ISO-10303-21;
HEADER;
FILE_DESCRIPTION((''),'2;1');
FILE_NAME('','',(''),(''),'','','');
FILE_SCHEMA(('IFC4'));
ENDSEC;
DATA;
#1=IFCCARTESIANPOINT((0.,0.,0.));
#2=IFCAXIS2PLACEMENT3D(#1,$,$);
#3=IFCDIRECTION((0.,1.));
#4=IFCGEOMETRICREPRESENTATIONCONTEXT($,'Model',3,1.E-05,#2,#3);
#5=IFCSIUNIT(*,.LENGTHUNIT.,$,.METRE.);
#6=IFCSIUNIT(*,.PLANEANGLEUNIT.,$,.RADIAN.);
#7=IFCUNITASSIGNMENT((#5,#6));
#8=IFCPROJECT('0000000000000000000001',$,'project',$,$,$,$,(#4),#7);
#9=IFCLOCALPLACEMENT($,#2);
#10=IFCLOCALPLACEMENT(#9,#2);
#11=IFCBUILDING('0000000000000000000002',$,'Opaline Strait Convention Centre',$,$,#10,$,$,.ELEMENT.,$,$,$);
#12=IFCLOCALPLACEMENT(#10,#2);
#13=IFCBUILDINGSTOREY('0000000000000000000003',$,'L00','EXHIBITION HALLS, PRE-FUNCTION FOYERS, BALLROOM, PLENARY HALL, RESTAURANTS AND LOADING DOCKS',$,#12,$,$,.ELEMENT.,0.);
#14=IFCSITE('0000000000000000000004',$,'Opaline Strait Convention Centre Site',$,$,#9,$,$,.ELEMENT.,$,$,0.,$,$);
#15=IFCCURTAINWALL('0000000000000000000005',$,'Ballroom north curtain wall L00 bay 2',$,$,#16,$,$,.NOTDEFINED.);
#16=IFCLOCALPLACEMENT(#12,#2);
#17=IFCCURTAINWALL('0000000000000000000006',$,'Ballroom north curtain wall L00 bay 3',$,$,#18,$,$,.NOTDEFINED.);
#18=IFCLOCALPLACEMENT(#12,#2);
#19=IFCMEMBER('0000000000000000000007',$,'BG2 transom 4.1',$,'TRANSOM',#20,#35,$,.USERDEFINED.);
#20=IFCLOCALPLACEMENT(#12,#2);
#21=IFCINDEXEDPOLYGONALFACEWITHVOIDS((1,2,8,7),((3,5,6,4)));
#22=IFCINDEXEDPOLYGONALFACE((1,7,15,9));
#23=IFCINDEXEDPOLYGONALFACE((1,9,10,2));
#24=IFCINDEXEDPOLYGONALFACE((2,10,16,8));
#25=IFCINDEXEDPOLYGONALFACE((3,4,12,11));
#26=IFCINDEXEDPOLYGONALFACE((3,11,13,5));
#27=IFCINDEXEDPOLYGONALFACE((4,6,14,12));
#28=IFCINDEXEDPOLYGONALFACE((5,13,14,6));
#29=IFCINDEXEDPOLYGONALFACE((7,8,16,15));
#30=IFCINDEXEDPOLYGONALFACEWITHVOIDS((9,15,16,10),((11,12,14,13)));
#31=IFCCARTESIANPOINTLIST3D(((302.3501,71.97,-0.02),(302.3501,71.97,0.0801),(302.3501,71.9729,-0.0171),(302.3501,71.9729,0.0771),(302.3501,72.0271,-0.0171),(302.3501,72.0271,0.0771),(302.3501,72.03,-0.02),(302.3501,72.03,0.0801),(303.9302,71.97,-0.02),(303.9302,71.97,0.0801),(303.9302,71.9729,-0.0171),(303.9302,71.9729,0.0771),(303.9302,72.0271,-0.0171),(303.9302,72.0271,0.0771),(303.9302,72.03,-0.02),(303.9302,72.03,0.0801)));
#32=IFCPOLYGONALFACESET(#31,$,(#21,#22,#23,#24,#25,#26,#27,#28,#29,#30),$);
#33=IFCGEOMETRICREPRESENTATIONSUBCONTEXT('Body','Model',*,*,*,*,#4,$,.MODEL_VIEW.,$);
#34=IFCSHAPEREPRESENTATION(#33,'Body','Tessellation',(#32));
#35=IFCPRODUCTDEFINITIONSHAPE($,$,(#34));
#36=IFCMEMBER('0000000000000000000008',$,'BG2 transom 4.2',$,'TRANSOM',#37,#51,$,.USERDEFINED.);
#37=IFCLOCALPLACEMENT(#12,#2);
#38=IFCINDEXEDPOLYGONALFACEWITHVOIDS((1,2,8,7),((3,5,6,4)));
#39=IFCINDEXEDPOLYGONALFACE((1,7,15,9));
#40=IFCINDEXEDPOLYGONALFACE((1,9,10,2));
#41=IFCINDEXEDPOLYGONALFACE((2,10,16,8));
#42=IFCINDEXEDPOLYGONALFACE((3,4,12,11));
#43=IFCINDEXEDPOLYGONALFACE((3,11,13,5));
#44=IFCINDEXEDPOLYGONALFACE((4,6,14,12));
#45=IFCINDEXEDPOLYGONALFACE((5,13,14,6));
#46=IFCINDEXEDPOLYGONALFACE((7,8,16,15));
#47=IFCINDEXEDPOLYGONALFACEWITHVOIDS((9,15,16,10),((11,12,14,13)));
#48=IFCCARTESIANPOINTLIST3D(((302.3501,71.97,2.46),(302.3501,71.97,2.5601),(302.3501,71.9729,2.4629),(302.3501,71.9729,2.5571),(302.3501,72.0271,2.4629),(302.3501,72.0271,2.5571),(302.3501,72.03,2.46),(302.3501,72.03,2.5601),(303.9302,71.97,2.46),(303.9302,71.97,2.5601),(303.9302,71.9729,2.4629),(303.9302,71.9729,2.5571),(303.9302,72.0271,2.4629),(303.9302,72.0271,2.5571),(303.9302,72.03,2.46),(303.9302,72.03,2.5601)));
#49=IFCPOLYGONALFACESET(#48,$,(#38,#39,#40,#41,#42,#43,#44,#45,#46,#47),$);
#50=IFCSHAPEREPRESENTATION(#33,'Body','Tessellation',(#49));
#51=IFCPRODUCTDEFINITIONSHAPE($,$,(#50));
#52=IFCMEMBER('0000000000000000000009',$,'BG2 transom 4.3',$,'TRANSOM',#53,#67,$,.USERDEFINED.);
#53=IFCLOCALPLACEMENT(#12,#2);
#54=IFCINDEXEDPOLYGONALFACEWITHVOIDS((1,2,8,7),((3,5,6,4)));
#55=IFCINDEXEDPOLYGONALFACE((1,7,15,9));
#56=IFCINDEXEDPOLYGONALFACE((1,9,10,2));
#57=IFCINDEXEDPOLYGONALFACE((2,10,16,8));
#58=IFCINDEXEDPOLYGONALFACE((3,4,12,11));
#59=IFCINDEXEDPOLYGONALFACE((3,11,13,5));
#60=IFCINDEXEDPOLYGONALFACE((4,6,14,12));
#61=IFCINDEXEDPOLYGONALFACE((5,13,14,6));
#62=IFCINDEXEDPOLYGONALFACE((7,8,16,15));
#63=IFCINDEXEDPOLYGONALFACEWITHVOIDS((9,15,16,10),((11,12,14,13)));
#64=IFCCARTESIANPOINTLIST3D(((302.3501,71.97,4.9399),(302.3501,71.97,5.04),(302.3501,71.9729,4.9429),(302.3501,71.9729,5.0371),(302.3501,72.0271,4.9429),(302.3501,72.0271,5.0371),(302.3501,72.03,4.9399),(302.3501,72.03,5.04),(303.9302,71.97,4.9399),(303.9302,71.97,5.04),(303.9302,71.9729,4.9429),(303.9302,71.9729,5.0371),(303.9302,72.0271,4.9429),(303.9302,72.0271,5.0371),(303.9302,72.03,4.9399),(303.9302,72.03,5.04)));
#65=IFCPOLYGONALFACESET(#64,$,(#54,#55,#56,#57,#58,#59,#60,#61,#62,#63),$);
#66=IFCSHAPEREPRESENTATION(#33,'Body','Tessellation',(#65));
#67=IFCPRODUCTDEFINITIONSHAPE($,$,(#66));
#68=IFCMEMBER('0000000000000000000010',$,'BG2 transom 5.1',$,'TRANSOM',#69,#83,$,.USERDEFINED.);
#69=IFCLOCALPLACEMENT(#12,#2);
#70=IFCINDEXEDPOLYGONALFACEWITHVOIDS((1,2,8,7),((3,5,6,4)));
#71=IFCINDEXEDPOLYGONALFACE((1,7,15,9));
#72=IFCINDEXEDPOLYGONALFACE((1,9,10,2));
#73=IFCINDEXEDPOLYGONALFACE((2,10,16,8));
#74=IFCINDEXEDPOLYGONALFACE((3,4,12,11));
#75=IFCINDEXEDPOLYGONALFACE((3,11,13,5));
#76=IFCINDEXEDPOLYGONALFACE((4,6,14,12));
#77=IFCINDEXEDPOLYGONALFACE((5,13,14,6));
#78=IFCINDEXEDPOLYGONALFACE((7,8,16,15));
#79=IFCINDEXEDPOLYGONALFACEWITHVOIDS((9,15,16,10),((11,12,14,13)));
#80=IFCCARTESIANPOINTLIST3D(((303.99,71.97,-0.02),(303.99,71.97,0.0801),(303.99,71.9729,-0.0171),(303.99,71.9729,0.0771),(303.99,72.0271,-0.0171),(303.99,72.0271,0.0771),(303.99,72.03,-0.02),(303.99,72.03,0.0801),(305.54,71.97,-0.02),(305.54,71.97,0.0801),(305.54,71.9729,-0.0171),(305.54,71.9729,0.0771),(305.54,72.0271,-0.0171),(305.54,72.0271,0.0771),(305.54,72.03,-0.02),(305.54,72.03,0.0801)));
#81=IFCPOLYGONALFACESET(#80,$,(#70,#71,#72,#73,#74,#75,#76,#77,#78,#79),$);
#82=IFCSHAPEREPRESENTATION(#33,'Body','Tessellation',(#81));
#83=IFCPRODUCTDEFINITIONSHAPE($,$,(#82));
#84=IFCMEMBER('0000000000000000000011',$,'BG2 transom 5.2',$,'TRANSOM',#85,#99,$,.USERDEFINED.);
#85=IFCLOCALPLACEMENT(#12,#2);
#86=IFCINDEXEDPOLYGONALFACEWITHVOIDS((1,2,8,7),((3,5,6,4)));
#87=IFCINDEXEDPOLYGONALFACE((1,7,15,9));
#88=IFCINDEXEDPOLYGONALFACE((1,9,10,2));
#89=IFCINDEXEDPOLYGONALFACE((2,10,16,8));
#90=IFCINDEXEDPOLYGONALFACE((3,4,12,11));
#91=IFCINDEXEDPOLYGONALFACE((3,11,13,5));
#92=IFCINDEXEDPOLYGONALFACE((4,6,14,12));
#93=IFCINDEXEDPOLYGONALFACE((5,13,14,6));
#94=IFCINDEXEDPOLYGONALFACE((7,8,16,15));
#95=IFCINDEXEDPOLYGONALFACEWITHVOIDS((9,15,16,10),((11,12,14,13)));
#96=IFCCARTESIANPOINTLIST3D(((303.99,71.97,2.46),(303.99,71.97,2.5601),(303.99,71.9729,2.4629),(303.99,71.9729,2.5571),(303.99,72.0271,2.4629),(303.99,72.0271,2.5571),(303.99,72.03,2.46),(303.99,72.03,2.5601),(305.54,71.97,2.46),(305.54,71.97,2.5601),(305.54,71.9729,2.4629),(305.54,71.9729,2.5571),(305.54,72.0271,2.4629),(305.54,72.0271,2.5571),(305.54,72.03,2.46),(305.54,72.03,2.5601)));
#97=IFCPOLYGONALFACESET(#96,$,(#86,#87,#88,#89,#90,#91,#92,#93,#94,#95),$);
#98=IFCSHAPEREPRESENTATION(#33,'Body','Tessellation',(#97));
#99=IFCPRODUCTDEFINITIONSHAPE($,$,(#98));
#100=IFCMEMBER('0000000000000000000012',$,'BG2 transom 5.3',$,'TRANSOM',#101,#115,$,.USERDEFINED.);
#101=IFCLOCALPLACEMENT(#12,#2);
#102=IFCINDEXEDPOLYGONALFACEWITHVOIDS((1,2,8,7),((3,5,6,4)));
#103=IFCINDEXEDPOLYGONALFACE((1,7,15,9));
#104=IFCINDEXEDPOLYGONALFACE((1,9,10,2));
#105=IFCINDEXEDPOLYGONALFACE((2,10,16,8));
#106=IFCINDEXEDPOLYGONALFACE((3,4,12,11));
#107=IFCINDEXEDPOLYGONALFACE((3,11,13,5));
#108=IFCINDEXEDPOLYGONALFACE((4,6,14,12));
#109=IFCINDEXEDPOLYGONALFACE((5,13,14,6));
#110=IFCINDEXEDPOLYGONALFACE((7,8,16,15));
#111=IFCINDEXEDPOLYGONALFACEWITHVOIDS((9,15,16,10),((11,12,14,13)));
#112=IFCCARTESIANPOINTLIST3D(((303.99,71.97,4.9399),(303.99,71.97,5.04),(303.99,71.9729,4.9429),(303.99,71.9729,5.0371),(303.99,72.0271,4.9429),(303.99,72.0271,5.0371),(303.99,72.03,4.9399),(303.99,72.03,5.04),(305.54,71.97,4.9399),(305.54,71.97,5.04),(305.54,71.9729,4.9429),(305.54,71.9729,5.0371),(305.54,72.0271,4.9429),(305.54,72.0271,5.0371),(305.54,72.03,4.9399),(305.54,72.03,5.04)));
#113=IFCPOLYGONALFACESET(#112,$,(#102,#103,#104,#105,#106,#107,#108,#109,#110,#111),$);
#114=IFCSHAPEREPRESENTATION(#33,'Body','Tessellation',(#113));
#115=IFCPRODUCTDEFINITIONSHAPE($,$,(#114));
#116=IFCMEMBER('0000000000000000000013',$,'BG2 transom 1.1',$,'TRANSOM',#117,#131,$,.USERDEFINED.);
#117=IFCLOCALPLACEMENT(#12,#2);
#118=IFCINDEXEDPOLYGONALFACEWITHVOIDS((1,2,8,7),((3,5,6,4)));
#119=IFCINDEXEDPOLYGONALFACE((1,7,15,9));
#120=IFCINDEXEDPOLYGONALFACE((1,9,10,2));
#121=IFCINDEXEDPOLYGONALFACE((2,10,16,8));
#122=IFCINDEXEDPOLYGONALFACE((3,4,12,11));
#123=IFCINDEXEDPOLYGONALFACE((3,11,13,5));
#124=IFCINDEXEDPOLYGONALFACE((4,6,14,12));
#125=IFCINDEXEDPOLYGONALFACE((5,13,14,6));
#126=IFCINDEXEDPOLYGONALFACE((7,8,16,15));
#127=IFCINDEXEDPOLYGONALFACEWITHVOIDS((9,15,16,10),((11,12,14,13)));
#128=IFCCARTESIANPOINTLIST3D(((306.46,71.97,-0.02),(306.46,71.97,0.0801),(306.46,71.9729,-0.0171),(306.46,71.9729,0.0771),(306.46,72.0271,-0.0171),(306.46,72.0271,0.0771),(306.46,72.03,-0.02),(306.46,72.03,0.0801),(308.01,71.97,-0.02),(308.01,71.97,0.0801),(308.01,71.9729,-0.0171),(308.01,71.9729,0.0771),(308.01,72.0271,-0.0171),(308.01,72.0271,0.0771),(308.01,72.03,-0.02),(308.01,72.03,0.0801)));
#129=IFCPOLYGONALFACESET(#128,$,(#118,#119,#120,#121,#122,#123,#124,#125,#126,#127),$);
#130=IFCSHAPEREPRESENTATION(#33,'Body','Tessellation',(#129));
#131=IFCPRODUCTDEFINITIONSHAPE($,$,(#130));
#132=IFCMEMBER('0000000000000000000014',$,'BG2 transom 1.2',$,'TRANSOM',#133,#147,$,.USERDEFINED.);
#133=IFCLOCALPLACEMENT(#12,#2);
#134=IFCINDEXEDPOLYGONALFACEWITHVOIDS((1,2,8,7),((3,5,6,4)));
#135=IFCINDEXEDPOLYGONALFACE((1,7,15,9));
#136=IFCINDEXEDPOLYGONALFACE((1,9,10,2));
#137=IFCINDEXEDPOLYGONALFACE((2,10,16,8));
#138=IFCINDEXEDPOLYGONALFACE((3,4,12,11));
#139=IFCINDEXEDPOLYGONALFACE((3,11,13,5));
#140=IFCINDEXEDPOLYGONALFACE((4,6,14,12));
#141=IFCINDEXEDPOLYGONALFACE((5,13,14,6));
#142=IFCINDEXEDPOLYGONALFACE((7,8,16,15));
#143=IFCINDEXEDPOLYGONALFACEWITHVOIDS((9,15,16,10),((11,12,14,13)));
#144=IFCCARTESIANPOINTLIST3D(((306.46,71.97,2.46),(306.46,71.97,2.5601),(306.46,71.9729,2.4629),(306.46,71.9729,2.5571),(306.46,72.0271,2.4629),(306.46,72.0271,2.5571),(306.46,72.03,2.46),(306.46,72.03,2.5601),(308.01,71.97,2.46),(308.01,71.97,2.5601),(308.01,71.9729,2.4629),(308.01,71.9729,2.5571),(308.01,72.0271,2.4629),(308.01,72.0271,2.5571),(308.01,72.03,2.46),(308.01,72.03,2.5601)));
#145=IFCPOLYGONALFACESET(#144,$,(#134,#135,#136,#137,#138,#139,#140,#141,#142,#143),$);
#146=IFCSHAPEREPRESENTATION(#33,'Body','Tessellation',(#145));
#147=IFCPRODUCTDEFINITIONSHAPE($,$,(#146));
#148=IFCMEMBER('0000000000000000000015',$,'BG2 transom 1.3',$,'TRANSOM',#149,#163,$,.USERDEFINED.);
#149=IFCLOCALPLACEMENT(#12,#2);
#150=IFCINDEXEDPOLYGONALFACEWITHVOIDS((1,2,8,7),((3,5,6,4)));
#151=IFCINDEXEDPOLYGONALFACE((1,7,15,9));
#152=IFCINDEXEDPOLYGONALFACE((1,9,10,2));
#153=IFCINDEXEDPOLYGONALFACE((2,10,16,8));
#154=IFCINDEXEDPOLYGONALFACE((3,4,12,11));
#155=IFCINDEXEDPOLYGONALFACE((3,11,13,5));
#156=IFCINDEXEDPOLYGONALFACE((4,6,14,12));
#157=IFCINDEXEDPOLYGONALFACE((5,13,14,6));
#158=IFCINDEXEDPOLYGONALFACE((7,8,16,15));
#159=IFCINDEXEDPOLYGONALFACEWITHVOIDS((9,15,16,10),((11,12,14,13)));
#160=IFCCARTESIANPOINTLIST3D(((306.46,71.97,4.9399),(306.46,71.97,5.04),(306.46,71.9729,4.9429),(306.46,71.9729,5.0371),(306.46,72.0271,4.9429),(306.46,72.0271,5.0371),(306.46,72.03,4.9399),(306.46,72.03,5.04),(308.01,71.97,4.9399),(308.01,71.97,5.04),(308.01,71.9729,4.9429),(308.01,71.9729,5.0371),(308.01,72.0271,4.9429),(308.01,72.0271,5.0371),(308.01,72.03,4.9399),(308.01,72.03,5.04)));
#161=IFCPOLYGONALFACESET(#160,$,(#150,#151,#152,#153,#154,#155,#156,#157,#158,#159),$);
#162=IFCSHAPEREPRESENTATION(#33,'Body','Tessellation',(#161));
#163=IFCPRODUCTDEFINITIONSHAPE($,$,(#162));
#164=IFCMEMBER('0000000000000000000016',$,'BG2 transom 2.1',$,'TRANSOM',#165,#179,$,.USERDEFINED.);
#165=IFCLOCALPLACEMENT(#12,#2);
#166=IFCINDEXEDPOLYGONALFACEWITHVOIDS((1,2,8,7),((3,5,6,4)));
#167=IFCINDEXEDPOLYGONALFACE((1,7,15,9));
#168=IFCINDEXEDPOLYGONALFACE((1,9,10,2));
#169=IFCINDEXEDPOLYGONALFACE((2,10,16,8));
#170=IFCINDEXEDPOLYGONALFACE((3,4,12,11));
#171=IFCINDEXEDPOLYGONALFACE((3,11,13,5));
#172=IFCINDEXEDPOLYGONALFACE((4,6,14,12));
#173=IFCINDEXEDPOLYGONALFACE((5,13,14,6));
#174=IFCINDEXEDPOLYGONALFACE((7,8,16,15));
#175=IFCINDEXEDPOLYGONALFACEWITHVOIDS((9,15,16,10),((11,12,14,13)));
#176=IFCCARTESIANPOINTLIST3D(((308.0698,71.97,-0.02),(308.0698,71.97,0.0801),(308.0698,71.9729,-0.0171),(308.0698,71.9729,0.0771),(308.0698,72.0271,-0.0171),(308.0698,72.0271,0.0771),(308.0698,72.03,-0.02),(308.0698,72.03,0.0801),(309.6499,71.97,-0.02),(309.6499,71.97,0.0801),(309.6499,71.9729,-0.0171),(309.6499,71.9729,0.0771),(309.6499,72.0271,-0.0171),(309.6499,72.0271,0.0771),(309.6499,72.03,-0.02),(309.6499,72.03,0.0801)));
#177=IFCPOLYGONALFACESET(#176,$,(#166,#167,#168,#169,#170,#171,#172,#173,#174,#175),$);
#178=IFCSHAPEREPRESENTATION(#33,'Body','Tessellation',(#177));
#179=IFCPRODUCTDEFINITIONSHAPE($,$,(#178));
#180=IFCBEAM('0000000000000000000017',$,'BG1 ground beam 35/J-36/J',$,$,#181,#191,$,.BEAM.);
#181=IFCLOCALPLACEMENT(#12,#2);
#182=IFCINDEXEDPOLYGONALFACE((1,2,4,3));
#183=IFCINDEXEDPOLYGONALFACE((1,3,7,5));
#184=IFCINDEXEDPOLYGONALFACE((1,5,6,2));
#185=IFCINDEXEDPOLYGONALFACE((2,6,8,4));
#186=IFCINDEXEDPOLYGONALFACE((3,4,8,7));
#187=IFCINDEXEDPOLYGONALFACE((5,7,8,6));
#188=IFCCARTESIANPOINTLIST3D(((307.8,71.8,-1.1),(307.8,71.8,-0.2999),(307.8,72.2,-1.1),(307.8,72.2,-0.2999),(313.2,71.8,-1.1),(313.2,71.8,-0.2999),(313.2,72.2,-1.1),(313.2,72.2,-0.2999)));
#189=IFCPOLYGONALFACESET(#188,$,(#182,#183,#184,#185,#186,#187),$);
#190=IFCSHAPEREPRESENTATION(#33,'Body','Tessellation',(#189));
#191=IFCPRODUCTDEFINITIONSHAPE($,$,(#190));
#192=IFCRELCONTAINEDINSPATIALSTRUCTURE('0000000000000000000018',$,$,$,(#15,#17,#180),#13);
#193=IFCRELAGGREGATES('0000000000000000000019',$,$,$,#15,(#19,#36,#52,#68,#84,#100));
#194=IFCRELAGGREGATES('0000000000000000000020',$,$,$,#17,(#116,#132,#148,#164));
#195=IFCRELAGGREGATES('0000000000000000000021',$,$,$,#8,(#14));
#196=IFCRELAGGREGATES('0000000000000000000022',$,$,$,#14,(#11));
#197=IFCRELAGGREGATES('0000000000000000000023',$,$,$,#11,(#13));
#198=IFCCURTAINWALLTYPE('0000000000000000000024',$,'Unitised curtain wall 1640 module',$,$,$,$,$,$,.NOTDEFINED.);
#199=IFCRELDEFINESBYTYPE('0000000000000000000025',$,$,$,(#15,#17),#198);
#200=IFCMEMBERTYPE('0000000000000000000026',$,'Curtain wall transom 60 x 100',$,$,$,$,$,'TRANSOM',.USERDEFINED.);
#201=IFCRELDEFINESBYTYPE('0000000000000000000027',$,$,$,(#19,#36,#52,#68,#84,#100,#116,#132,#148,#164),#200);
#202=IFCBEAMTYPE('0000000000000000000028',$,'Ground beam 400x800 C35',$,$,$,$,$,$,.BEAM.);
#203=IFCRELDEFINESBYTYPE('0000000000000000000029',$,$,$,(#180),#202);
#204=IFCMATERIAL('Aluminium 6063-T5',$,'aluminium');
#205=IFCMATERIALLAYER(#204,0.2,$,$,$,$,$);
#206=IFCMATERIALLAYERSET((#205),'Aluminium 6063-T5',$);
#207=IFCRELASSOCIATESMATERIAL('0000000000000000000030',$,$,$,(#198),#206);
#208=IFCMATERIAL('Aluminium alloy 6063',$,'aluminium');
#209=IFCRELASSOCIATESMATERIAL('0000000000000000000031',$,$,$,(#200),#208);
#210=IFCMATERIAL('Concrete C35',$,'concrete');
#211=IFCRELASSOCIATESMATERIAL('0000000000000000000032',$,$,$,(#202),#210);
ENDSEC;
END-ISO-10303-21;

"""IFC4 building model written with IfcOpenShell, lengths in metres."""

from ifc_helpers import new_model, si_unit, direction, frame, origin, origin_2d, place, context, subcontext, project, spatial, rectangle, hollow_rectangle, extrude, material, layer, layer_set, material_profile, profile_set, type_object, element, aggregate, save


model = new_model("IFC4")

# Units and contexts
model_context = context("Model", 3, precision=1e-05, world=origin(), true_north=direction((0.0, 1.0)))
body_context = subcontext(model_context, "Body", "Model", "MODEL_VIEW")
ifc_project = project(units=[si_unit("LENGTHUNIT", "METRE"), si_unit("PLANEANGLEUNIT", "RADIAN")], contexts=[model_context])

# Site, building, storey
site_placement = place(None, origin())
site = spatial("IfcSite", under=ifc_project, at=site_placement, Name="Opaline Strait Convention Centre Site", CompositionType="ELEMENT", RefElevation=0.0)
building_placement = place(site_placement, origin())
building = spatial("IfcBuilding", under=site, at=building_placement, Name="Opaline Strait Convention Centre", CompositionType="ELEMENT")
storey_placement = place(building_placement, origin())
storey = spatial("IfcBuildingStorey", under=building, at=storey_placement, Name="L00", Description="EXHIBITION HALLS, PRE-FUNCTION FOYERS, BALLROOM, PLENARY HALL, RESTAURANTS AND LOADING DOCKS", CompositionType="ELEMENT", Elevation=0.0)

# Shared definitions
ifc_material_1 = material(Name="Concrete C35", Category="concrete")

# Curtain walls
ifc_material_2 = material(Name="Aluminium 6063-T5", Category="aluminium")
ifc_layer_1 = layer(ifc_material_2, 0.2)
ifc_layer_set_1 = layer_set([ifc_layer_1], Name="Aluminium 6063-T5")
curtain_wall_type = type_object("IfcCurtainWallType", Name="Unitised curtain wall 1640 module", PredefinedType="NOTDEFINED", material=ifc_layer_set_1)
curtain_wall_1_placement = place(storey_placement, origin())
curtain_wall_1 = element("IfcCurtainWall", 1, at=curtain_wall_1_placement, inside=storey, type_object=curtain_wall_type, Name="Ballroom north curtain wall L00 bay 2", PredefinedType="NOTDEFINED")
ifc_material_3 = material(Name="Aluminium alloy 6063", Category="aluminium")
curtain_wall_2_placement = place(storey_placement, origin())
curtain_wall_2 = element("IfcCurtainWall", 2, at=curtain_wall_2_placement, inside=storey, type_object=curtain_wall_type, Name="Ballroom north curtain wall L00 bay 3", PredefinedType="NOTDEFINED")

# Members
ifc_material_profile_1 = material_profile(ifc_material_3, hollow_rectangle(XDim=0.0601, YDim=0.1001, WallThickness=0.0029, at=origin_2d()), Name="TRANSOM 60x100x3")
ifc_profile_set_1 = profile_set([ifc_material_profile_1], Name="Aluminium alloy 6063")
member_type_1 = type_object("IfcMemberType", Name="Curtain wall transom 60 x 100", ElementType="TRANSOM", PredefinedType="USERDEFINED", material=ifc_profile_set_1)
member_1_placement = place(storey_placement, frame((302.3501, 72.0, 0.03), z_axis=(1.0, 0.0, 0.0), x_axis=(0.0, 1.0, 0.0)))
member_1 = element("IfcMember", 3, at=member_1_placement, type_object=member_type_1, Name="BG2 transom 4.1", ObjectType="TRANSOM", PredefinedType="USERDEFINED", context=body_context, shape_type="SweptSolid", body=[
    extrude(hollow_rectangle(XDim=0.0601, YDim=0.1001, WallThickness=0.0029, at=origin_2d()), origin(), (0.0, 0.0, 1.0), 1.5801),
])
member_2_placement = place(storey_placement, frame((302.3501, 72.0, 2.51), z_axis=(1.0, 0.0, 0.0), x_axis=(0.0, 1.0, 0.0)))
member_2 = element("IfcMember", 4, at=member_2_placement, type_object=member_type_1, Name="BG2 transom 4.2", ObjectType="TRANSOM", PredefinedType="USERDEFINED", context=body_context, shape_type="SweptSolid", body=[
    extrude(hollow_rectangle(XDim=0.0601, YDim=0.1001, WallThickness=0.0029, at=origin_2d()), origin(), (0.0, 0.0, 1.0), 1.5801),
])
member_3_placement = place(storey_placement, frame((302.3501, 72.0, 4.99), z_axis=(1.0, 0.0, 0.0), x_axis=(0.0, 1.0, 0.0)))
member_3 = element("IfcMember", 5, at=member_3_placement, type_object=member_type_1, Name="BG2 transom 4.3", ObjectType="TRANSOM", PredefinedType="USERDEFINED", context=body_context, shape_type="SweptSolid", body=[
    extrude(hollow_rectangle(XDim=0.0601, YDim=0.1001, WallThickness=0.0029, at=origin_2d()), origin(), (0.0, 0.0, 1.0), 1.5801),
])
member_4_placement = place(storey_placement, frame((303.99, 72.0, 0.03), z_axis=(1.0, 0.0, 0.0), x_axis=(0.0, 1.0, 0.0)))
member_4 = element("IfcMember", 6, at=member_4_placement, type_object=member_type_1, Name="BG2 transom 5.1", ObjectType="TRANSOM", PredefinedType="USERDEFINED", context=body_context, shape_type="SweptSolid", body=[
    extrude(hollow_rectangle(XDim=0.0601, YDim=0.1001, WallThickness=0.0029, at=origin_2d()), origin(), (0.0, 0.0, 1.0), 1.55),
])
member_5_placement = place(storey_placement, frame((303.99, 72.0, 2.51), z_axis=(1.0, 0.0, 0.0), x_axis=(0.0, 1.0, 0.0)))
member_5 = element("IfcMember", 7, at=member_5_placement, type_object=member_type_1, Name="BG2 transom 5.2", ObjectType="TRANSOM", PredefinedType="USERDEFINED", context=body_context, shape_type="SweptSolid", body=[
    extrude(hollow_rectangle(XDim=0.0601, YDim=0.1001, WallThickness=0.0029, at=origin_2d()), origin(), (0.0, 0.0, 1.0), 1.55),
])
member_6_placement = place(storey_placement, frame((303.99, 72.0, 4.99), z_axis=(1.0, 0.0, 0.0), x_axis=(0.0, 1.0, 0.0)))
member_6 = element("IfcMember", 8, at=member_6_placement, type_object=member_type_1, Name="BG2 transom 5.3", ObjectType="TRANSOM", PredefinedType="USERDEFINED", context=body_context, shape_type="SweptSolid", body=[
    extrude(hollow_rectangle(XDim=0.0601, YDim=0.1001, WallThickness=0.0029, at=origin_2d()), origin(), (0.0, 0.0, 1.0), 1.55),
])
member_7_placement = place(storey_placement, frame((306.46, 72.0, 0.03), z_axis=(1.0, 0.0, 0.0), x_axis=(0.0, 1.0, 0.0)))
member_7 = element("IfcMember", 9, at=member_7_placement, type_object=member_type_1, Name="BG2 transom 1.1", ObjectType="TRANSOM", PredefinedType="USERDEFINED", context=body_context, shape_type="SweptSolid", body=[
    extrude(hollow_rectangle(XDim=0.0601, YDim=0.1001, WallThickness=0.0029, at=origin_2d()), origin(), (0.0, 0.0, 1.0), 1.55),
])
member_8_placement = place(storey_placement, frame((306.46, 72.0, 2.51), z_axis=(1.0, 0.0, 0.0), x_axis=(0.0, 1.0, 0.0)))
member_8 = element("IfcMember", 10, at=member_8_placement, type_object=member_type_1, Name="BG2 transom 1.2", ObjectType="TRANSOM", PredefinedType="USERDEFINED", context=body_context, shape_type="SweptSolid", body=[
    extrude(hollow_rectangle(XDim=0.0601, YDim=0.1001, WallThickness=0.0029, at=origin_2d()), origin(), (0.0, 0.0, 1.0), 1.55),
])
member_9_placement = place(storey_placement, frame((306.46, 72.0, 4.99), z_axis=(1.0, 0.0, 0.0), x_axis=(0.0, 1.0, 0.0)))
member_9 = element("IfcMember", 11, at=member_9_placement, type_object=member_type_1, Name="BG2 transom 1.3", ObjectType="TRANSOM", PredefinedType="USERDEFINED", context=body_context, shape_type="SweptSolid", body=[
    extrude(hollow_rectangle(XDim=0.0601, YDim=0.1001, WallThickness=0.0029, at=origin_2d()), origin(), (0.0, 0.0, 1.0), 1.55),
])
member_10_placement = place(storey_placement, frame((308.0698, 72.0, 0.03), z_axis=(1.0, 0.0, 0.0), x_axis=(0.0, 1.0, 0.0)))
member_10 = element("IfcMember", 12, at=member_10_placement, type_object=member_type_1, Name="BG2 transom 2.1", ObjectType="TRANSOM", PredefinedType="USERDEFINED", context=body_context, shape_type="SweptSolid", body=[
    extrude(hollow_rectangle(XDim=0.0601, YDim=0.1001, WallThickness=0.0029, at=origin_2d()), origin(), (0.0, 0.0, 1.0), 1.5801),
])

# Beam
ifc_material_profile_2 = material_profile(ifc_material_1, rectangle(XDim=0.3999, YDim=0.8, at=origin_2d()), Name="RC 400x800")
ifc_profile_set_2 = profile_set([ifc_material_profile_2], Name="Concrete C35")
beam_type = type_object("IfcBeamType", Name="Ground beam 400x800 C35", PredefinedType="BEAM", material=ifc_profile_set_2)
beam_placement = place(storey_placement, frame((307.8, 72.0, -0.7), z_axis=(1.0, 0.0, 0.0), x_axis=(0.0, 1.0, 0.0)))
element("IfcBeam", 13, at=beam_placement, inside=storey, type_object=beam_type, Name="BG1 ground beam 35/J-36/J", PredefinedType="BEAM", context=body_context, shape_type="SweptSolid", body=[
    extrude(rectangle(XDim=0.3999, YDim=0.8, at=origin_2d()), origin(), (0.0, 0.0, 1.0), 5.3999),
])

aggregate(curtain_wall_1, [member_1, member_2, member_3, member_4, member_5, member_6])
aggregate(curtain_wall_2, [member_7, member_8, member_9, member_10])

save(model, "model.ifc")
